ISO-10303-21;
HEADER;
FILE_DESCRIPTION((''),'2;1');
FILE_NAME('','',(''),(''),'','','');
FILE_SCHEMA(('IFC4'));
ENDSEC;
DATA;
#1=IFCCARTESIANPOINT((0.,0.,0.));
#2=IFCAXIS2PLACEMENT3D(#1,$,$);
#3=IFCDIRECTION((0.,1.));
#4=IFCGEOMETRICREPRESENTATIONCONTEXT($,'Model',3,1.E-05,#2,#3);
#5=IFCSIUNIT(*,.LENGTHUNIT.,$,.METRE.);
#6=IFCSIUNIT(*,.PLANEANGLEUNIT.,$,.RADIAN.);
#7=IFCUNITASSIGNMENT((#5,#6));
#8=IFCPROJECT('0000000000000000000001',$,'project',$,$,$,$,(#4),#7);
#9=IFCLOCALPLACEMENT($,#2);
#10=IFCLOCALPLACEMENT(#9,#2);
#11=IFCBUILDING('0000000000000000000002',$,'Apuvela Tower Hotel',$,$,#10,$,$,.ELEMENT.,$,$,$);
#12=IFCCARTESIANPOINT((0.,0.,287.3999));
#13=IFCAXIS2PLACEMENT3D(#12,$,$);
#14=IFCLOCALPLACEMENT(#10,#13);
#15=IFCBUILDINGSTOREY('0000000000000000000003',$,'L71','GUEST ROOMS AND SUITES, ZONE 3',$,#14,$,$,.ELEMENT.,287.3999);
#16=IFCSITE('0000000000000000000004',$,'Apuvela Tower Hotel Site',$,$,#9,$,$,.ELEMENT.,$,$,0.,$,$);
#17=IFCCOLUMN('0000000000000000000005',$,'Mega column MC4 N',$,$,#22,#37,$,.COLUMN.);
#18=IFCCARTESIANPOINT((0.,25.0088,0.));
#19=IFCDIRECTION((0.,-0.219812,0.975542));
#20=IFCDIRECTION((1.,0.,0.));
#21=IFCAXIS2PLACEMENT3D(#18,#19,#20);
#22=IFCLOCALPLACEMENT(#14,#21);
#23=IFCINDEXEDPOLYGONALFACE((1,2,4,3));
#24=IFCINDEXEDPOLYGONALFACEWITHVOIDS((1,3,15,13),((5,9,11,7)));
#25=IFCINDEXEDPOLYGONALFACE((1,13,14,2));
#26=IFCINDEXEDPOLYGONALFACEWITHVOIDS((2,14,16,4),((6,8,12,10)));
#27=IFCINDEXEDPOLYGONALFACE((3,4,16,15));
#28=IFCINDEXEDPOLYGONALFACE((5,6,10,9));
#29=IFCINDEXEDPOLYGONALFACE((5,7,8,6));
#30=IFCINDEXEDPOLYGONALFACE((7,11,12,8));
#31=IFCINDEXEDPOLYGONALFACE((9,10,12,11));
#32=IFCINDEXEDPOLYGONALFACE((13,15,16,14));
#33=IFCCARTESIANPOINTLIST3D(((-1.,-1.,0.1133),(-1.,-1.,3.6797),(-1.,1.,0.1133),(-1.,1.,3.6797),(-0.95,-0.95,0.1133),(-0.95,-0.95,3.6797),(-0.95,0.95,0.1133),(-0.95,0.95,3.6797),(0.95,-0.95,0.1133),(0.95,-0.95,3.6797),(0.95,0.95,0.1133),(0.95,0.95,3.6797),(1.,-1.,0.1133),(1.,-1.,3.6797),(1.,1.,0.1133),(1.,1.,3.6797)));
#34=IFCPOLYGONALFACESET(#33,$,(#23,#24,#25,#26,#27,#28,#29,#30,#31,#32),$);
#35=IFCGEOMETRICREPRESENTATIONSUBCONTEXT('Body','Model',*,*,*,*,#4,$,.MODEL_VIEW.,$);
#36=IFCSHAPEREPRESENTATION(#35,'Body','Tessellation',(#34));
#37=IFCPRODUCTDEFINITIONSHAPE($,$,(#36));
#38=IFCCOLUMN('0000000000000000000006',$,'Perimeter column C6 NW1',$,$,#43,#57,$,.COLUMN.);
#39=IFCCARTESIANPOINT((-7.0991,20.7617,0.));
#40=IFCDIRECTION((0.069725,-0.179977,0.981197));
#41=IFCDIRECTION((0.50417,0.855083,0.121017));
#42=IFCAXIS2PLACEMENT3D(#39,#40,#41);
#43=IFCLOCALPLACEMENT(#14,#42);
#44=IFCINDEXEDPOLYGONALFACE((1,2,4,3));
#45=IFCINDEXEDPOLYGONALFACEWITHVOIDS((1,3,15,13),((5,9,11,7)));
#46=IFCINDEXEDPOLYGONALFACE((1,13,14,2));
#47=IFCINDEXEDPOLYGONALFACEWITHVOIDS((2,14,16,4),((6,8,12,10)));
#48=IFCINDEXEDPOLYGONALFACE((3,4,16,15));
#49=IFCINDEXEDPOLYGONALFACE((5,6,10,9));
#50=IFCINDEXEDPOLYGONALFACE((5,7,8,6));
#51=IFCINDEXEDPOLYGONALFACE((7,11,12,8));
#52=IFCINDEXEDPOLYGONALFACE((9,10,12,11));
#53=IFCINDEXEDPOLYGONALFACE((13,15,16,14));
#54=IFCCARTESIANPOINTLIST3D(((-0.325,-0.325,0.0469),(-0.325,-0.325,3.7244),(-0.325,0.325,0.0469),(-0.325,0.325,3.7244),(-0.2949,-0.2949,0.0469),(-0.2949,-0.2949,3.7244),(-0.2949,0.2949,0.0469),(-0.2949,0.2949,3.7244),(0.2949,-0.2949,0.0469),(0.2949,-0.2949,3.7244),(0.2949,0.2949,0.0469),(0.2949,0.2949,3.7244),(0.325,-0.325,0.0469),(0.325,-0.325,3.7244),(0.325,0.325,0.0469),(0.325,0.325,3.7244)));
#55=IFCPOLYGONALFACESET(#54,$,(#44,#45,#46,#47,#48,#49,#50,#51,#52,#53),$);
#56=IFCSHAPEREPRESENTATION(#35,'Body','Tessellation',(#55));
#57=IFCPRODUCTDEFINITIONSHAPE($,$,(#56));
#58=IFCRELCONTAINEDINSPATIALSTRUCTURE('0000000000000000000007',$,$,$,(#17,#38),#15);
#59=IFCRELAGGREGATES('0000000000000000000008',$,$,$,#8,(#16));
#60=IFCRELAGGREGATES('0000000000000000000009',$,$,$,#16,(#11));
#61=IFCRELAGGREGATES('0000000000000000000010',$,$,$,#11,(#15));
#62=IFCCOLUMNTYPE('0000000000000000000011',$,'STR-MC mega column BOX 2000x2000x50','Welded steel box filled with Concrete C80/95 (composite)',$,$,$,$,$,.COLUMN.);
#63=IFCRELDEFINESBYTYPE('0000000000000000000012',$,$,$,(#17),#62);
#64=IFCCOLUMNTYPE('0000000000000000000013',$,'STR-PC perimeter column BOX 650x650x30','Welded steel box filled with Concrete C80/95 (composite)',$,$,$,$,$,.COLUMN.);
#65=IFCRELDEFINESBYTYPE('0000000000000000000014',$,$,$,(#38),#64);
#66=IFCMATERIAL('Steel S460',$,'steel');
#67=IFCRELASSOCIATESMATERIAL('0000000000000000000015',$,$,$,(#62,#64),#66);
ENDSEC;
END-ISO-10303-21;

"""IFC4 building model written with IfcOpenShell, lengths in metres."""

from ifc_helpers import new_model, si_unit, direction, frame, origin, origin_2d, place, context, subcontext, project, spatial, rectangle, hollow_rectangle, extrude, boolean, halfspace, material, material_profile, profile_set, type_object, element, save


model = new_model("IFC4")

# Units and contexts
model_context = context("Model", 3, precision=1e-05, world=origin(), true_north=direction((0.0, 1.0)))
body_context = subcontext(model_context, "Body", "Model", "MODEL_VIEW")
ifc_project = project(units=[si_unit("LENGTHUNIT", "METRE"), si_unit("PLANEANGLEUNIT", "RADIAN")], contexts=[model_context])

# Site, building, storey
site_placement = place(None, origin())
site = spatial("IfcSite", under=ifc_project, at=site_placement, Name="Apuvela Tower Hotel Site", CompositionType="ELEMENT", RefElevation=0.0)
building_placement = place(site_placement, origin())
building = spatial("IfcBuilding", under=site, at=building_placement, Name="Apuvela Tower Hotel", CompositionType="ELEMENT")
storey_placement = place(building_placement, frame((0.0, 0.0, 287.3999)))
storey = spatial("IfcBuildingStorey", under=building, at=storey_placement, Name="L71", Description="GUEST ROOMS AND SUITES, ZONE 3", CompositionType="ELEMENT", Elevation=287.3999)

# Columns
ifc_material_1 = material(Name="Steel S460", Category="steel")
ifc_material_profile_1 = material_profile(ifc_material_1, hollow_rectangle(XDim=2.0, YDim=2.0, WallThickness=0.05, at=origin_2d()), Name="BOX 2000x2000x50")
ifc_material_2 = material(Name="Concrete C80/95", Category="concrete")
ifc_material_profile_2 = material_profile(ifc_material_2, rectangle(XDim=1.8999, YDim=1.8999, at=origin_2d()), Name="Concrete C80/95 infill")
ifc_profile_set_1 = profile_set([ifc_material_profile_1, ifc_material_profile_2], Name="Steel S460")
column_type_1 = type_object("IfcColumnType", Name="STR-MC mega column BOX 2000x2000x50", Description="Welded steel box filled with Concrete C80/95 (composite)", PredefinedType="COLUMN", material=ifc_profile_set_1)
column_1_placement = place(storey_placement, frame((0.0, 25.0088, 0.0), z_axis=(0.0, -0.219812, 0.975542), x_axis=(1.0, 0.0, 0.0)))
element("IfcColumn", 1, at=column_1_placement, inside=storey, type_object=column_type_1, Name="Mega column MC4 N", PredefinedType="COLUMN", context=body_context, shape_type="SweptSolid", body=[
    boolean("DIFFERENCE", boolean("DIFFERENCE", extrude(hollow_rectangle(XDim=2.0, YDim=2.0, WallThickness=0.05, at=origin_2d()), origin(), (0.0, 0.0, 1.0), 3.793), halfspace(frame((0.0, 0.0, 0.1133), z_axis=(0.0, 0.0, 1.0), x_axis=(1.0, 0.0, 0.0)), True)), halfspace(frame((0.0, 0.0, 3.6797), z_axis=(0.0, 0.0, 1.0), x_axis=(1.0, 0.0, 0.0)), False)),
])
ifc_material_profile_3 = material_profile(ifc_material_1, hollow_rectangle(XDim=0.6499, YDim=0.6499, WallThickness=0.03, at=origin_2d()), Name="BOX 650x650x30")
ifc_material_profile_4 = material_profile(ifc_material_2, rectangle(XDim=0.5901, YDim=0.5901, at=origin_2d()), Name="Concrete C80/95 infill")
ifc_profile_set_2 = profile_set([ifc_material_profile_3, ifc_material_profile_4], Name="Steel S460")
column_type_2 = type_object("IfcColumnType", Name="STR-PC perimeter column BOX 650x650x30", Description="Welded steel box filled with Concrete C80/95 (composite)", PredefinedType="COLUMN", material=ifc_profile_set_2)
column_2_placement = place(storey_placement, frame((-7.0991, 20.7617, 0.0), z_axis=(0.069725, -0.179977, 0.981197), x_axis=(0.50417, 0.855083, 0.121017)))
element("IfcColumn", 2, at=column_2_placement, inside=storey, type_object=column_type_2, Name="Perimeter column C6 NW1", PredefinedType="COLUMN", context=body_context, shape_type="SweptSolid", body=[
    boolean("DIFFERENCE", boolean("DIFFERENCE", extrude(hollow_rectangle(XDim=0.6499, YDim=0.6499, WallThickness=0.03, at=origin_2d()), origin(), (0.0, 0.0, 1.0), 3.771), halfspace(frame((0.0, 0.0, 0.0469), z_axis=(0.0, 0.0, 1.0), x_axis=(1.0, 0.0, 0.0)), True)), halfspace(frame((0.0, 0.0, 3.7244), z_axis=(0.0, 0.0, 1.0), x_axis=(1.0, 0.0, 0.0)), False)),
])

save(model, "model.ifc")
